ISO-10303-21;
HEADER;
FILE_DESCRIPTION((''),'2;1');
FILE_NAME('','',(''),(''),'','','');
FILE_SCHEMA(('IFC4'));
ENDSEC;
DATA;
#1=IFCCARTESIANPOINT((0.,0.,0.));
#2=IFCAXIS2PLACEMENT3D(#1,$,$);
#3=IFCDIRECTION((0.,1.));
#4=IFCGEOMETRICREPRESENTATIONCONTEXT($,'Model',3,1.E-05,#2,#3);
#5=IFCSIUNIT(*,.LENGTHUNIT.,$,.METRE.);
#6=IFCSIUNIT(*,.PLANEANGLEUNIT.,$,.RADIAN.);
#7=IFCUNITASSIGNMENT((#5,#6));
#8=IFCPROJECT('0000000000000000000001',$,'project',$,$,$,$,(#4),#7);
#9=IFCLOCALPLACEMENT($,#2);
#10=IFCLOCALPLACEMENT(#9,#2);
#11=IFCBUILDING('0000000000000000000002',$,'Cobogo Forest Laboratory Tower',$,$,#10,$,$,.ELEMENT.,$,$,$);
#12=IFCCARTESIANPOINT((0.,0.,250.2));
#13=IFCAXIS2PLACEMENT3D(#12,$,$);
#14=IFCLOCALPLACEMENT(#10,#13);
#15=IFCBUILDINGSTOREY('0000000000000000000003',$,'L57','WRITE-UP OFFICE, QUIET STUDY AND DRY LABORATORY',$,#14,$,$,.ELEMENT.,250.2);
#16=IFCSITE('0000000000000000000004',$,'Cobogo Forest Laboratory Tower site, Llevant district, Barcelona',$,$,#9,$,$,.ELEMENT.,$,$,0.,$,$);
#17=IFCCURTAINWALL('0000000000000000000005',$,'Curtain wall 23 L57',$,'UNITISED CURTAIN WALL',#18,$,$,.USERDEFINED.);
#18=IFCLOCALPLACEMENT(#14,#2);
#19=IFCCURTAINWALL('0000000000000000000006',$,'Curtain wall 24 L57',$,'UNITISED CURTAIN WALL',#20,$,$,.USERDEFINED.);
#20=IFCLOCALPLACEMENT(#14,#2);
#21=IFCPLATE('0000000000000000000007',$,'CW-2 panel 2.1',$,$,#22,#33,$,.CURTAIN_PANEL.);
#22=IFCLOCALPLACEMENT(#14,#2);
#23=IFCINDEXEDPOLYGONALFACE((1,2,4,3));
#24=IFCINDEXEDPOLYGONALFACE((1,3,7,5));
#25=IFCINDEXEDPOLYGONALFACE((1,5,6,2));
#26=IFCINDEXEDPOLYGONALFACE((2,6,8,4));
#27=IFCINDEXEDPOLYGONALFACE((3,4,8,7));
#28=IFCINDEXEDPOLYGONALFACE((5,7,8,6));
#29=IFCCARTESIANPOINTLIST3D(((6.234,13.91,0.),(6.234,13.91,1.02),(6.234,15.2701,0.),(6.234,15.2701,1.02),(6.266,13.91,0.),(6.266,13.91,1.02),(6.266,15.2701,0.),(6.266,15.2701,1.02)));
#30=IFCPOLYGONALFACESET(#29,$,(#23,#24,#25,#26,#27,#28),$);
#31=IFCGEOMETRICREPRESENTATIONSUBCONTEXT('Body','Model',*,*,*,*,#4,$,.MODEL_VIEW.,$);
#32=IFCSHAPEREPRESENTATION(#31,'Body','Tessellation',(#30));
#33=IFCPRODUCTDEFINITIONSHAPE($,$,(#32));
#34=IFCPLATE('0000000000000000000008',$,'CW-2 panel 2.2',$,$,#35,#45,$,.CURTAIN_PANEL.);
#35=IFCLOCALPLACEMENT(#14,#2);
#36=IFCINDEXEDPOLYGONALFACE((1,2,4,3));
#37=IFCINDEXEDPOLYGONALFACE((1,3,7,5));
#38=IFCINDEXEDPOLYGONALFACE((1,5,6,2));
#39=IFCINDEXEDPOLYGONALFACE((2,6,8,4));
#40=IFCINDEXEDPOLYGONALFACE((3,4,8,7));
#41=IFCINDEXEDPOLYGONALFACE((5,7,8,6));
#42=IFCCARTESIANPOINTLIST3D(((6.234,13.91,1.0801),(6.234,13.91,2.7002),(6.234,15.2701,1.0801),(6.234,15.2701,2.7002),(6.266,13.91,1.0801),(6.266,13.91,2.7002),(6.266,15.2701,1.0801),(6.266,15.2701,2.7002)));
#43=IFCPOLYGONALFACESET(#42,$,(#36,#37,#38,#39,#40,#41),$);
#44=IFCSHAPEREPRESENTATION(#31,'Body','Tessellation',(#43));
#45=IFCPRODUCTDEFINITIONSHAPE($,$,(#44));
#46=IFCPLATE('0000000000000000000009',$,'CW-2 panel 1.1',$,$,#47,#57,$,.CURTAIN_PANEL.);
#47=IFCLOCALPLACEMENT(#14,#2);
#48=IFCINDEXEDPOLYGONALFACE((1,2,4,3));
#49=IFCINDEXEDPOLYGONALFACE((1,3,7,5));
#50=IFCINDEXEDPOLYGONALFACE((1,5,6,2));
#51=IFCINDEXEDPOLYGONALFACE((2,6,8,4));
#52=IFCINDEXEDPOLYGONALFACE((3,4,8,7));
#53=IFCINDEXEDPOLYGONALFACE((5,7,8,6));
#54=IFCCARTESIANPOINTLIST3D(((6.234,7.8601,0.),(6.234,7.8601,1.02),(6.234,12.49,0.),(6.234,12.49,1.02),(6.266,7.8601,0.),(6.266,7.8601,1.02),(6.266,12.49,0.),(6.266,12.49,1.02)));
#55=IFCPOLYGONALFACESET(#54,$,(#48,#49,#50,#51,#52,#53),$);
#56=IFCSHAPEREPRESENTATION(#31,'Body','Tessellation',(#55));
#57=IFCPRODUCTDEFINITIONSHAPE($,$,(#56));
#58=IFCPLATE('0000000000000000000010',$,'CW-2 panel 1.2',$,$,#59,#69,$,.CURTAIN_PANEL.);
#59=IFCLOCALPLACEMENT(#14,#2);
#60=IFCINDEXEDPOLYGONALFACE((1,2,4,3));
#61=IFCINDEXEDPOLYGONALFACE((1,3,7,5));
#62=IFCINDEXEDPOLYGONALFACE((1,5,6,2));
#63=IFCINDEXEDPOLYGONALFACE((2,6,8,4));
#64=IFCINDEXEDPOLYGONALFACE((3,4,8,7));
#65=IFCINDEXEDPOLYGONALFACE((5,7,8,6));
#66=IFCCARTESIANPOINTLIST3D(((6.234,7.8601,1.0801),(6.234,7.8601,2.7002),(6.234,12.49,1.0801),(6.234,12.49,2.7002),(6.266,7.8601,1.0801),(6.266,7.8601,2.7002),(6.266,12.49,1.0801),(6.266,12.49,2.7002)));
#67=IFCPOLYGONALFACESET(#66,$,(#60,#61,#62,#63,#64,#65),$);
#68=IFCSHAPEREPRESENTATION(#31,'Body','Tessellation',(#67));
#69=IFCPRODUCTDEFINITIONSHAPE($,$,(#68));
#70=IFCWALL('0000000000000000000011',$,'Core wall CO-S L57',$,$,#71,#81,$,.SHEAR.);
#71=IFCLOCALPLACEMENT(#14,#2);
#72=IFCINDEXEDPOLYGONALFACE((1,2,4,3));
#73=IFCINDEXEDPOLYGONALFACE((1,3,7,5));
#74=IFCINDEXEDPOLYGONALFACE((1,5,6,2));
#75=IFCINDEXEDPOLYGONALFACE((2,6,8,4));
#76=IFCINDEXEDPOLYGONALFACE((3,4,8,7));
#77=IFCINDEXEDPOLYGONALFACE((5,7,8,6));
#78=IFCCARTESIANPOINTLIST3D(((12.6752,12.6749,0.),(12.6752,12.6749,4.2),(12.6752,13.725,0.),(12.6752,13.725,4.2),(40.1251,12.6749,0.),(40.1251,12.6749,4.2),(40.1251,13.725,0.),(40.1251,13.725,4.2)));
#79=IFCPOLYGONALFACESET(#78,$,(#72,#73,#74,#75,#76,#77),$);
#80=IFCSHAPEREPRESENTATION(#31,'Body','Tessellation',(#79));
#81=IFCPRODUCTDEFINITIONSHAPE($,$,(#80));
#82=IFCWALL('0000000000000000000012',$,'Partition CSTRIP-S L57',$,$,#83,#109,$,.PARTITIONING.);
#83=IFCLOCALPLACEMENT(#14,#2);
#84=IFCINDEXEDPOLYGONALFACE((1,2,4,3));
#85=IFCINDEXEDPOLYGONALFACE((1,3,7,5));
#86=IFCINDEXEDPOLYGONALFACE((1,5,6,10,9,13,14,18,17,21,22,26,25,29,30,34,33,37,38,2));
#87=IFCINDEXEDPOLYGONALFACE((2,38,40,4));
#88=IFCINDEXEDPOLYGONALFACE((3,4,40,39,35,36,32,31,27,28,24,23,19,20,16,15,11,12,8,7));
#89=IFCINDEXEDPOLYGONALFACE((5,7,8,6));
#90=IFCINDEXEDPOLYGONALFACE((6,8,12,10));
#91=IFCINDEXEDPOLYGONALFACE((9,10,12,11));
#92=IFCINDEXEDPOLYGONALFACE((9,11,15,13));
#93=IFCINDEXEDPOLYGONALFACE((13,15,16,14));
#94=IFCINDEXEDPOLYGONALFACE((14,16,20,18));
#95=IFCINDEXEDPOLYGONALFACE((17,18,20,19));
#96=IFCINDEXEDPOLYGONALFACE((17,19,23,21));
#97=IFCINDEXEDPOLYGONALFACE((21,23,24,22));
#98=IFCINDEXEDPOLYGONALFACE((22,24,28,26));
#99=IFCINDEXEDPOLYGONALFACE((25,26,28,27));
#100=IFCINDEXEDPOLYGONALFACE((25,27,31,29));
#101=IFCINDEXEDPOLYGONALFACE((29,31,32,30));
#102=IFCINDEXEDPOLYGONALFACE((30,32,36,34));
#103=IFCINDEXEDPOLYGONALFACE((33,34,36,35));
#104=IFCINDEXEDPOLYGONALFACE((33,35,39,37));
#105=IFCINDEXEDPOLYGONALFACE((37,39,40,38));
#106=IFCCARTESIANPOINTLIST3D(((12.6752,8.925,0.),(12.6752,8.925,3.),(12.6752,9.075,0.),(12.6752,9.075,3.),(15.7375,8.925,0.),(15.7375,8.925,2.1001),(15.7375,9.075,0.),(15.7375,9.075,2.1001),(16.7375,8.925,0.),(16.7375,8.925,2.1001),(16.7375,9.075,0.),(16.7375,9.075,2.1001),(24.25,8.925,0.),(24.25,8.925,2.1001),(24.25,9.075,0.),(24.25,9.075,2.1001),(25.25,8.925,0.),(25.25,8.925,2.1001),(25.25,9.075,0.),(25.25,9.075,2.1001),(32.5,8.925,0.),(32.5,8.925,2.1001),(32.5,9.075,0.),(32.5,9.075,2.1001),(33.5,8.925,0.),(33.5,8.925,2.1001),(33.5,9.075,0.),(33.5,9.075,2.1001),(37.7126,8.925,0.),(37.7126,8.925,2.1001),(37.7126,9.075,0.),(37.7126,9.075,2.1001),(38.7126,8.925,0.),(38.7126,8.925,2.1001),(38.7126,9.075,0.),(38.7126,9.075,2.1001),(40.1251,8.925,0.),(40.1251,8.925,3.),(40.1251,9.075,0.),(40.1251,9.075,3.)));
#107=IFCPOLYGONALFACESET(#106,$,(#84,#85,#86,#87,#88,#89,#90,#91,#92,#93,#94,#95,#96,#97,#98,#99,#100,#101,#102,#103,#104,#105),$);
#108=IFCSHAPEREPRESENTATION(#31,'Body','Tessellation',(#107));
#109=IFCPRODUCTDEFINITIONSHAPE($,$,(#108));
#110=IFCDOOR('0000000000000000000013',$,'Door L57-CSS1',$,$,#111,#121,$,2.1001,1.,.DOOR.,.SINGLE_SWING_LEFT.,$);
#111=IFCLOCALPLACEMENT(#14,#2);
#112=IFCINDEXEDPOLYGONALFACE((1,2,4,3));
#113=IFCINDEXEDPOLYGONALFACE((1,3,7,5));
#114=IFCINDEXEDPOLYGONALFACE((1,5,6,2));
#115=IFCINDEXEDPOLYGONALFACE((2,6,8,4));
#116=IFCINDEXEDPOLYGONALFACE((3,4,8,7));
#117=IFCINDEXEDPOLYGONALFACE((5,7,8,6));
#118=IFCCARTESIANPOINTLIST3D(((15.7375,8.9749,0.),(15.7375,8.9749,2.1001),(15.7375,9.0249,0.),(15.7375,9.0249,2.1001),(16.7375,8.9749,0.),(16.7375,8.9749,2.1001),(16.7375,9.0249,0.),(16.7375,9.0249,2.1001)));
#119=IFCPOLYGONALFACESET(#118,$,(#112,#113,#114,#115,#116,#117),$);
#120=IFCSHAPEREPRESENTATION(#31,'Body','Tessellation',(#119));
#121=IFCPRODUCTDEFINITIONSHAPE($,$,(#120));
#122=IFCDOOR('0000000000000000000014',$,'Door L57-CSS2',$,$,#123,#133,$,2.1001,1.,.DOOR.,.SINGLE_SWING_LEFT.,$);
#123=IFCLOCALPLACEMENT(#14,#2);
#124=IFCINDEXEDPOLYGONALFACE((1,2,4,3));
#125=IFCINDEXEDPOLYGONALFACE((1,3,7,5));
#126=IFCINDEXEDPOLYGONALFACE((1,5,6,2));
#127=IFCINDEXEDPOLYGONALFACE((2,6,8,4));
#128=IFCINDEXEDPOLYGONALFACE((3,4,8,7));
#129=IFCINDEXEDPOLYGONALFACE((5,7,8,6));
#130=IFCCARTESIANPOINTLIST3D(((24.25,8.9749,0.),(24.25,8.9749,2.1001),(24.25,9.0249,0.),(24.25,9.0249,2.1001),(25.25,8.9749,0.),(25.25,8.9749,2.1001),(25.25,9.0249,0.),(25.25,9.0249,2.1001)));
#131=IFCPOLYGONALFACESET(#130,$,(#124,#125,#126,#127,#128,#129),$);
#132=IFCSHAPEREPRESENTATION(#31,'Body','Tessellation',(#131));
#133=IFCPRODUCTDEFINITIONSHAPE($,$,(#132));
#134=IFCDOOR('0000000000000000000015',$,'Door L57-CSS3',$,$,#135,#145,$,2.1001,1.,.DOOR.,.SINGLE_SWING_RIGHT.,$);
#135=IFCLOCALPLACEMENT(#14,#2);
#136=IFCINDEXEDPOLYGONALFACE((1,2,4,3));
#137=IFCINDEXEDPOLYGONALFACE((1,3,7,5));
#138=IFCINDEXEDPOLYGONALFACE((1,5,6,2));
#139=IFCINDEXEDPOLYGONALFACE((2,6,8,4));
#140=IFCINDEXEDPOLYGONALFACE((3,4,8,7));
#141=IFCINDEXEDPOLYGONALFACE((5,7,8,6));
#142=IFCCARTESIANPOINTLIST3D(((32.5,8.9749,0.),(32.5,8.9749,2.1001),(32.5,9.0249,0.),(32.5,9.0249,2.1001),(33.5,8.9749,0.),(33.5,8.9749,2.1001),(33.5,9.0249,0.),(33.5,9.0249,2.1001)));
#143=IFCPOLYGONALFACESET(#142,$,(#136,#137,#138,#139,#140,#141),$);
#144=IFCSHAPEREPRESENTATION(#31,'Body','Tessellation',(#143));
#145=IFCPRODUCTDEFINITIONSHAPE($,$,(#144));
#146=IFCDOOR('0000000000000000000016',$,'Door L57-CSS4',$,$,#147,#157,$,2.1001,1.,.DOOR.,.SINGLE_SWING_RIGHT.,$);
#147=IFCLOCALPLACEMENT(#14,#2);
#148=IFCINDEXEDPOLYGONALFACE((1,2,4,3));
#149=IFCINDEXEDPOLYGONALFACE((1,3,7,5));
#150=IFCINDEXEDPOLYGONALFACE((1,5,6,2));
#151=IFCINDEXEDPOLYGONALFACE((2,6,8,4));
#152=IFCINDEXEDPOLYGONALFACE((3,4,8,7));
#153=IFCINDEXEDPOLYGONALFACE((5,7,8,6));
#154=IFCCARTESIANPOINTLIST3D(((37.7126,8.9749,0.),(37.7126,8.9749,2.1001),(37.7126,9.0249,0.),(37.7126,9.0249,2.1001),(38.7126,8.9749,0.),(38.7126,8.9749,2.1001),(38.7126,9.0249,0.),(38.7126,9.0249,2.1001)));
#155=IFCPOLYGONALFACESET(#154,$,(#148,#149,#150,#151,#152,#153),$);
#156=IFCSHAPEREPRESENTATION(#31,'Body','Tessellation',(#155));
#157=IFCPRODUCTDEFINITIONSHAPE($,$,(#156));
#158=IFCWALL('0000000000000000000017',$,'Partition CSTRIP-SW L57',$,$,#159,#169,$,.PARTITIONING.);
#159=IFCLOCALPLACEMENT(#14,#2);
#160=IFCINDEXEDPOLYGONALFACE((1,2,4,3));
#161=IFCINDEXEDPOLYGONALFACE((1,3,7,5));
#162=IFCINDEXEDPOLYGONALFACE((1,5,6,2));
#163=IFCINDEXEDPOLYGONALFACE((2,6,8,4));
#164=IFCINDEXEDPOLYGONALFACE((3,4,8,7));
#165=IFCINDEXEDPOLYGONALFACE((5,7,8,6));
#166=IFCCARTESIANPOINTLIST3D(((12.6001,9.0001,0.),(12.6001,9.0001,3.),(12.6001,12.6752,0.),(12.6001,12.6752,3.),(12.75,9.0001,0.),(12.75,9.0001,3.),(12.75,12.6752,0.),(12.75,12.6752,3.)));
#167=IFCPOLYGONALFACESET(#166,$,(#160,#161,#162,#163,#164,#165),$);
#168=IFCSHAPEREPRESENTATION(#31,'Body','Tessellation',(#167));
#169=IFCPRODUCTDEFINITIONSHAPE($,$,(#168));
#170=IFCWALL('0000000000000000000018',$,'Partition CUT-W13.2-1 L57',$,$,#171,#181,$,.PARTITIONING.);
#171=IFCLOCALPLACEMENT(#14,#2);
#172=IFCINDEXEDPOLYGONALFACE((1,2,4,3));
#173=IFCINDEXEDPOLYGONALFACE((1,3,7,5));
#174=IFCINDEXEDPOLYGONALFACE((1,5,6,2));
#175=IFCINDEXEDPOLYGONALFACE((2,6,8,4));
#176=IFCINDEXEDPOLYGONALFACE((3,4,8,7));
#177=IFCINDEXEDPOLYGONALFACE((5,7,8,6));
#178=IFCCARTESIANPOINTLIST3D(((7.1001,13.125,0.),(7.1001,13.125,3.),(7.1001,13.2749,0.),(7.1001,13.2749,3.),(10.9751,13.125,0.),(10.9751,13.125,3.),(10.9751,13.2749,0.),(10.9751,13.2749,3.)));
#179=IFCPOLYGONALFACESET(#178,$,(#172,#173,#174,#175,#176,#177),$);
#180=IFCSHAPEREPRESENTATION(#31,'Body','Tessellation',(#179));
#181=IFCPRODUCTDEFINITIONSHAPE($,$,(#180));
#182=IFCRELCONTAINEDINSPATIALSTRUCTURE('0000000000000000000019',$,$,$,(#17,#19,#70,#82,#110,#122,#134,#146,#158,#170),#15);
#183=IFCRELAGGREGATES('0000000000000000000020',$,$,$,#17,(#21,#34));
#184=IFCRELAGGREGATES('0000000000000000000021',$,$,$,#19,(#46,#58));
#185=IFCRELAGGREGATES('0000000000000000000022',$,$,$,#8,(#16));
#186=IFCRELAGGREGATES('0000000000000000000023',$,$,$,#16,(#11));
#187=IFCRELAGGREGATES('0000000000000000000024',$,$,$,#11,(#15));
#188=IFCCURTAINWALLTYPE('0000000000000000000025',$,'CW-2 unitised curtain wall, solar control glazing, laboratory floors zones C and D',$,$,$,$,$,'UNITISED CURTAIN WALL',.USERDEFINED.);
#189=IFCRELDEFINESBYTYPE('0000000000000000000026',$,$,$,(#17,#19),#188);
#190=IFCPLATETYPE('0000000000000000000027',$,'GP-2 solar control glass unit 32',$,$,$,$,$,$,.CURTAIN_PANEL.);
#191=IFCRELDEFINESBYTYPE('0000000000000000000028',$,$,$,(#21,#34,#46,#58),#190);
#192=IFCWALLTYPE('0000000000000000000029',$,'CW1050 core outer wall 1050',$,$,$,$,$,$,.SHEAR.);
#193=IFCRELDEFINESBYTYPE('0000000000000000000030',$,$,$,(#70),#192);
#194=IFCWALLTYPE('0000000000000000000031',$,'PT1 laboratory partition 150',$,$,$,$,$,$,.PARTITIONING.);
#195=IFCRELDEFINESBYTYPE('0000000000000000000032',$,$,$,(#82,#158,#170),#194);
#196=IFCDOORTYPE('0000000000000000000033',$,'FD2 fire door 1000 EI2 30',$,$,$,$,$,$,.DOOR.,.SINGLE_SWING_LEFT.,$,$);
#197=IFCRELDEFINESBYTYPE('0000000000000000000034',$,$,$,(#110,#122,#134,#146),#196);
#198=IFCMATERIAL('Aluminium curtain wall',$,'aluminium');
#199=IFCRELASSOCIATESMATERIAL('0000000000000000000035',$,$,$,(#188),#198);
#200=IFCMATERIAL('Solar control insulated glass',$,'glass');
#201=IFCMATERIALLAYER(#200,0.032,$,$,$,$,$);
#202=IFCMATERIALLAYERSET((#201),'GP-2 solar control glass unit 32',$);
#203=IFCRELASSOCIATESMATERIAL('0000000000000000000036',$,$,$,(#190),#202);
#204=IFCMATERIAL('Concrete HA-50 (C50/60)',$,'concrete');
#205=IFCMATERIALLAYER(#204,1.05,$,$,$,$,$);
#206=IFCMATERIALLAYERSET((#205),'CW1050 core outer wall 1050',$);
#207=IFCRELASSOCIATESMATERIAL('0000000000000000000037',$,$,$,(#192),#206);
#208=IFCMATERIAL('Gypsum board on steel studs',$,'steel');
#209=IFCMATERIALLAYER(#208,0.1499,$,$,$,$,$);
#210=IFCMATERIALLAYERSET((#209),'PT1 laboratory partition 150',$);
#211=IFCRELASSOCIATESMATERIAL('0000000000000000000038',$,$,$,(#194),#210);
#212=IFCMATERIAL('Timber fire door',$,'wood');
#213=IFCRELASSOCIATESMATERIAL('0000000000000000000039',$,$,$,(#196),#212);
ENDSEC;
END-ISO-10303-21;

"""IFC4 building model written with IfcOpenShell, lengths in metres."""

from ifc_helpers import new_model, si_unit, direction, frame, frame_2d, origin, origin_2d, place, context, subcontext, project, spatial, rectangle, extrude, material, layer, layer_set, type_object, element, fill, aggregate, save


model = new_model("IFC4")

# Units and contexts
model_context = context("Model", 3, precision=1e-05, world=origin(), true_north=direction((0.0, 1.0)))
body_context = subcontext(model_context, "Body", "Model", "MODEL_VIEW")
ifc_project = project(units=[si_unit("LENGTHUNIT", "METRE"), si_unit("PLANEANGLEUNIT", "RADIAN")], contexts=[model_context])

# Site, building, storey
site_placement = place(None, origin())
site = spatial("IfcSite", under=ifc_project, at=site_placement, Name="Cobogo Forest Laboratory Tower site, Llevant district, Barcelona", CompositionType="ELEMENT", RefElevation=0.0)
building_placement = place(site_placement, origin())
building = spatial("IfcBuilding", under=site, at=building_placement, Name="Cobogo Forest Laboratory Tower", CompositionType="ELEMENT")
storey_placement = place(building_placement, frame((0.0, 0.0, 250.2)))
storey = spatial("IfcBuildingStorey", under=building, at=storey_placement, Name="L57", Description="WRITE-UP OFFICE, QUIET STUDY AND DRY LABORATORY", CompositionType="ELEMENT", Elevation=250.2)

# Shared definitions
ifc_material_1 = material(Name="Concrete HA-50 (C50/60)", Category="concrete")

# Curtain walls
ifc_material_2 = material(Name="Aluminium curtain wall", Category="aluminium")
curtain_wall_type = type_object("IfcCurtainWallType", Name="CW-2 unitised curtain wall, solar control glazing, laboratory floors zones C and D", ElementType="UNITISED CURTAIN WALL", PredefinedType="USERDEFINED", material=ifc_material_2)
curtain_wall_1_placement = place(storey_placement, origin())
curtain_wall_1 = element("IfcCurtainWall", 1, at=curtain_wall_1_placement, inside=storey, type_object=curtain_wall_type, Name="Curtain wall 23 L57", ObjectType="UNITISED CURTAIN WALL", PredefinedType="USERDEFINED")
curtain_wall_2_placement = place(storey_placement, origin())
curtain_wall_2 = element("IfcCurtainWall", 2, at=curtain_wall_2_placement, inside=storey, type_object=curtain_wall_type, Name="Curtain wall 24 L57", ObjectType="UNITISED CURTAIN WALL", PredefinedType="USERDEFINED")

# Plates
ifc_material_3 = material(Name="Solar control insulated glass", Category="glass")
ifc_layer_1 = layer(ifc_material_3, 0.032)
ifc_layer_set_1 = layer_set([ifc_layer_1], Name="GP-2 solar control glass unit 32")
plate_type_1 = type_object("IfcPlateType", Name="GP-2 solar control glass unit 32", PredefinedType="CURTAIN_PANEL", material=ifc_layer_set_1)
plate_1_placement = place(storey_placement, frame((6.25, 14.5901, 0.0), z_axis=(0.0, 0.0, 1.0), x_axis=(0.0, -1.0, 0.0)))
plate_1 = element("IfcPlate", 3, at=plate_1_placement, type_object=plate_type_1, Name="CW-2 panel 2.1", PredefinedType="CURTAIN_PANEL", context=body_context, shape_type="SweptSolid", body=[
    extrude(rectangle(XDim=1.3601, YDim=0.032, at=origin_2d()), origin(), (0.0, 0.0, 1.0), 1.02),
])
plate_2_placement = place(storey_placement, frame((6.25, 14.5901, 1.0801), z_axis=(0.0, 0.0, 1.0), x_axis=(0.0, -1.0, 0.0)))
plate_2 = element("IfcPlate", 4, at=plate_2_placement, type_object=plate_type_1, Name="CW-2 panel 2.2", PredefinedType="CURTAIN_PANEL", context=body_context, shape_type="SweptSolid", body=[
    extrude(rectangle(XDim=1.3601, YDim=0.032, at=origin_2d()), origin(), (0.0, 0.0, 1.0), 1.6201),
])
aggregate(curtain_wall_1, [plate_1, plate_2])
plate_3_placement = place(storey_placement, frame((6.25, 10.175, 0.0), z_axis=(0.0, 0.0, 1.0), x_axis=(0.0, -1.0, 0.0)))
plate_3 = element("IfcPlate", 5, at=plate_3_placement, type_object=plate_type_1, Name="CW-2 panel 1.1", PredefinedType="CURTAIN_PANEL", context=body_context, shape_type="SweptSolid", body=[
    extrude(rectangle(XDim=4.6299, YDim=0.032, at=origin_2d()), origin(), (0.0, 0.0, 1.0), 1.02),
])
plate_4_placement = place(storey_placement, frame((6.25, 10.175, 1.0801), z_axis=(0.0, 0.0, 1.0), x_axis=(0.0, -1.0, 0.0)))
plate_4 = element("IfcPlate", 6, at=plate_4_placement, type_object=plate_type_1, Name="CW-2 panel 1.2", PredefinedType="CURTAIN_PANEL", context=body_context, shape_type="SweptSolid", body=[
    extrude(rectangle(XDim=4.6299, YDim=0.032, at=origin_2d()), origin(), (0.0, 0.0, 1.0), 1.6201),
])
aggregate(curtain_wall_2, [plate_3, plate_4])

# Wall
ifc_layer_2 = layer(ifc_material_1, 1.05)
ifc_layer_set_2 = layer_set([ifc_layer_2], Name="CW1050 core outer wall 1050")
wall_type_1 = type_object("IfcWallType", Name="CW1050 core outer wall 1050", PredefinedType="SHEAR", material=ifc_layer_set_2)
wall_1_placement = place(storey_placement, frame((12.675, 13.2, 0.0), z_axis=(0.0, 0.0, 1.0), x_axis=(1.0, 0.0, 0.0)))
element("IfcWall", 7, at=wall_1_placement, inside=storey, type_object=wall_type_1, Name="Core wall CO-S L57", PredefinedType="SHEAR", context=body_context, shape_type="SweptSolid", body=[
    extrude(rectangle(XDim=27.45, YDim=1.05, at=frame_2d((13.7251, 0.0))), origin(), (0.0, 0.0, 1.0), 4.2),
])

# Wall, openings, doors
ifc_material_4 = material(Name="Gypsum board on steel studs", Category="steel")
ifc_layer_3 = layer(ifc_material_4, 0.1499)
ifc_layer_set_3 = layer_set([ifc_layer_3], Name="PT1 laboratory partition 150")
wall_type_2 = type_object("IfcWallType", Name="PT1 laboratory partition 150", PredefinedType="PARTITIONING", material=ifc_layer_set_3)
wall_2_placement = place(storey_placement, frame((12.675, 9.0, 0.0), z_axis=(0.0, 0.0, 1.0), x_axis=(1.0, 0.0, 0.0)))
wall_2 = element("IfcWall", 8, at=wall_2_placement, inside=storey, type_object=wall_type_2, Name="Partition CSTRIP-S L57", PredefinedType="PARTITIONING", context=body_context, shape_type="SweptSolid", body=[
    extrude(rectangle(XDim=27.45, YDim=0.1499, at=frame_2d((13.7251, 0.0))), origin(), (0.0, 0.0, 1.0), 3.0),
])
opening_1_placement = place(wall_2_placement, frame((3.0625, 0.0, 0.0)))
opening_1 = element("IfcOpeningElement", 9, at=opening_1_placement, cuts=wall_2, PredefinedType="OPENING", context=body_context, shape_type="SweptSolid", body=[
    extrude(rectangle(XDim=1.0, YDim=2.1001, at=frame_2d((0.5, 1.05))), frame((0.0, 0.085, 0.0), z_axis=(0.0, -1.0, 0.0), x_axis=(1.0, 0.0, 0.0)), (0.0, 0.0, 1.0), 0.1699),
])
opening_2_placement = place(wall_2_placement, frame((11.575, 0.0, 0.0)))
opening_2 = element("IfcOpeningElement", 10, at=opening_2_placement, cuts=wall_2, PredefinedType="OPENING", context=body_context, shape_type="SweptSolid", body=[
    extrude(rectangle(XDim=1.0, YDim=2.1001, at=frame_2d((0.5, 1.05))), frame((0.0, 0.085, 0.0), z_axis=(0.0, -1.0, 0.0), x_axis=(1.0, 0.0, 0.0)), (0.0, 0.0, 1.0), 0.1699),
])
opening_3_placement = place(wall_2_placement, frame((19.825, 0.0, 0.0)))
opening_3 = element("IfcOpeningElement", 11, at=opening_3_placement, cuts=wall_2, PredefinedType="OPENING", context=body_context, shape_type="SweptSolid", body=[
    extrude(rectangle(XDim=1.0, YDim=2.1001, at=frame_2d((0.5, 1.05))), frame((0.0, 0.085, 0.0), z_axis=(0.0, -1.0, 0.0), x_axis=(1.0, 0.0, 0.0)), (0.0, 0.0, 1.0), 0.1699),
])
opening_4_placement = place(wall_2_placement, frame((25.0376, 0.0, 0.0)))
opening_4 = element("IfcOpeningElement", 12, at=opening_4_placement, cuts=wall_2, PredefinedType="OPENING", context=body_context, shape_type="SweptSolid", body=[
    extrude(rectangle(XDim=1.0, YDim=2.1001, at=frame_2d((0.5, 1.05))), frame((0.0, 0.085, 0.0), z_axis=(0.0, -1.0, 0.0), x_axis=(1.0, 0.0, 0.0)), (0.0, 0.0, 1.0), 0.1699),
])
ifc_material_5 = material(Name="Timber fire door", Category="wood")
door_type = type_object("IfcDoorType", Name="FD2 fire door 1000 EI2 30", OperationType="SINGLE_SWING_LEFT", PredefinedType="DOOR", material=ifc_material_5)
door_1_placement = place(opening_1_placement, origin())
door_1 = element("IfcDoor", 13, at=door_1_placement, inside=storey, type_object=door_type, Name="Door L57-CSS1", OperationType="SINGLE_SWING_LEFT", OverallHeight=2.1001, OverallWidth=1.0, PredefinedType="DOOR", context=body_context, shape_type="SweptSolid", body=[
    extrude(rectangle(XDim=1.0, YDim=2.1001, at=frame_2d((0.5, 1.05))), frame((0.0, 0.0249, 0.0), z_axis=(0.0, -1.0, 0.0), x_axis=(1.0, 0.0, 0.0)), (0.0, 0.0, 1.0), 0.05),
])
fill(opening_1, door_1)
door_2_placement = place(opening_2_placement, origin())
door_2 = element("IfcDoor", 14, at=door_2_placement, inside=storey, type_object=door_type, Name="Door L57-CSS2", OperationType="SINGLE_SWING_LEFT", OverallHeight=2.1001, OverallWidth=1.0, PredefinedType="DOOR", context=body_context, shape_type="SweptSolid", body=[
    extrude(rectangle(XDim=1.0, YDim=2.1001, at=frame_2d((0.5, 1.05))), frame((0.0, 0.0249, 0.0), z_axis=(0.0, -1.0, 0.0), x_axis=(1.0, 0.0, 0.0)), (0.0, 0.0, 1.0), 0.05),
])
fill(opening_2, door_2)
door_3_placement = place(opening_3_placement, origin())
door_3 = element("IfcDoor", 15, at=door_3_placement, inside=storey, type_object=door_type, Name="Door L57-CSS3", OperationType="SINGLE_SWING_RIGHT", OverallHeight=2.1001, OverallWidth=1.0, PredefinedType="DOOR", context=body_context, shape_type="SweptSolid", body=[
    extrude(rectangle(XDim=1.0, YDim=2.1001, at=frame_2d((0.5, 1.05))), frame((0.0, 0.0249, 0.0), z_axis=(0.0, -1.0, 0.0), x_axis=(1.0, 0.0, 0.0)), (0.0, 0.0, 1.0), 0.05),
])
fill(opening_3, door_3)
door_4_placement = place(opening_4_placement, origin())
door_4 = element("IfcDoor", 16, at=door_4_placement, inside=storey, type_object=door_type, Name="Door L57-CSS4", OperationType="SINGLE_SWING_RIGHT", OverallHeight=2.1001, OverallWidth=1.0, PredefinedType="DOOR", context=body_context, shape_type="SweptSolid", body=[
    extrude(rectangle(XDim=1.0, YDim=2.1001, at=frame_2d((0.5, 1.05))), frame((0.0, 0.0249, 0.0), z_axis=(0.0, -1.0, 0.0), x_axis=(1.0, 0.0, 0.0)), (0.0, 0.0, 1.0), 0.05),
])
fill(opening_4, door_4)

# Walls
wall_3_placement = place(storey_placement, frame((12.675, 12.675, 0.0), z_axis=(0.0, 0.0, 1.0), x_axis=(0.0, -1.0, 0.0)))
element("IfcWall", 17, at=wall_3_placement, inside=storey, type_object=wall_type_2, Name="Partition CSTRIP-SW L57", PredefinedType="PARTITIONING", context=body_context, shape_type="SweptSolid", body=[
    extrude(rectangle(XDim=3.675, YDim=0.1499, at=frame_2d((1.8374, 0.0))), origin(), (0.0, 0.0, 1.0), 3.0),
])
wall_4_placement = place(storey_placement, frame((7.1001, 13.2, 0.0), z_axis=(0.0, 0.0, 1.0), x_axis=(1.0, 0.0, 0.0)))
element("IfcWall", 18, at=wall_4_placement, inside=storey, type_object=wall_type_2, Name="Partition CUT-W13.2-1 L57", PredefinedType="PARTITIONING", context=body_context, shape_type="SweptSolid", body=[
    extrude(rectangle(XDim=3.875, YDim=0.1499, at=frame_2d((1.9375, 0.0))), origin(), (0.0, 0.0, 1.0), 3.0),
])

save(model, "model.ifc")
